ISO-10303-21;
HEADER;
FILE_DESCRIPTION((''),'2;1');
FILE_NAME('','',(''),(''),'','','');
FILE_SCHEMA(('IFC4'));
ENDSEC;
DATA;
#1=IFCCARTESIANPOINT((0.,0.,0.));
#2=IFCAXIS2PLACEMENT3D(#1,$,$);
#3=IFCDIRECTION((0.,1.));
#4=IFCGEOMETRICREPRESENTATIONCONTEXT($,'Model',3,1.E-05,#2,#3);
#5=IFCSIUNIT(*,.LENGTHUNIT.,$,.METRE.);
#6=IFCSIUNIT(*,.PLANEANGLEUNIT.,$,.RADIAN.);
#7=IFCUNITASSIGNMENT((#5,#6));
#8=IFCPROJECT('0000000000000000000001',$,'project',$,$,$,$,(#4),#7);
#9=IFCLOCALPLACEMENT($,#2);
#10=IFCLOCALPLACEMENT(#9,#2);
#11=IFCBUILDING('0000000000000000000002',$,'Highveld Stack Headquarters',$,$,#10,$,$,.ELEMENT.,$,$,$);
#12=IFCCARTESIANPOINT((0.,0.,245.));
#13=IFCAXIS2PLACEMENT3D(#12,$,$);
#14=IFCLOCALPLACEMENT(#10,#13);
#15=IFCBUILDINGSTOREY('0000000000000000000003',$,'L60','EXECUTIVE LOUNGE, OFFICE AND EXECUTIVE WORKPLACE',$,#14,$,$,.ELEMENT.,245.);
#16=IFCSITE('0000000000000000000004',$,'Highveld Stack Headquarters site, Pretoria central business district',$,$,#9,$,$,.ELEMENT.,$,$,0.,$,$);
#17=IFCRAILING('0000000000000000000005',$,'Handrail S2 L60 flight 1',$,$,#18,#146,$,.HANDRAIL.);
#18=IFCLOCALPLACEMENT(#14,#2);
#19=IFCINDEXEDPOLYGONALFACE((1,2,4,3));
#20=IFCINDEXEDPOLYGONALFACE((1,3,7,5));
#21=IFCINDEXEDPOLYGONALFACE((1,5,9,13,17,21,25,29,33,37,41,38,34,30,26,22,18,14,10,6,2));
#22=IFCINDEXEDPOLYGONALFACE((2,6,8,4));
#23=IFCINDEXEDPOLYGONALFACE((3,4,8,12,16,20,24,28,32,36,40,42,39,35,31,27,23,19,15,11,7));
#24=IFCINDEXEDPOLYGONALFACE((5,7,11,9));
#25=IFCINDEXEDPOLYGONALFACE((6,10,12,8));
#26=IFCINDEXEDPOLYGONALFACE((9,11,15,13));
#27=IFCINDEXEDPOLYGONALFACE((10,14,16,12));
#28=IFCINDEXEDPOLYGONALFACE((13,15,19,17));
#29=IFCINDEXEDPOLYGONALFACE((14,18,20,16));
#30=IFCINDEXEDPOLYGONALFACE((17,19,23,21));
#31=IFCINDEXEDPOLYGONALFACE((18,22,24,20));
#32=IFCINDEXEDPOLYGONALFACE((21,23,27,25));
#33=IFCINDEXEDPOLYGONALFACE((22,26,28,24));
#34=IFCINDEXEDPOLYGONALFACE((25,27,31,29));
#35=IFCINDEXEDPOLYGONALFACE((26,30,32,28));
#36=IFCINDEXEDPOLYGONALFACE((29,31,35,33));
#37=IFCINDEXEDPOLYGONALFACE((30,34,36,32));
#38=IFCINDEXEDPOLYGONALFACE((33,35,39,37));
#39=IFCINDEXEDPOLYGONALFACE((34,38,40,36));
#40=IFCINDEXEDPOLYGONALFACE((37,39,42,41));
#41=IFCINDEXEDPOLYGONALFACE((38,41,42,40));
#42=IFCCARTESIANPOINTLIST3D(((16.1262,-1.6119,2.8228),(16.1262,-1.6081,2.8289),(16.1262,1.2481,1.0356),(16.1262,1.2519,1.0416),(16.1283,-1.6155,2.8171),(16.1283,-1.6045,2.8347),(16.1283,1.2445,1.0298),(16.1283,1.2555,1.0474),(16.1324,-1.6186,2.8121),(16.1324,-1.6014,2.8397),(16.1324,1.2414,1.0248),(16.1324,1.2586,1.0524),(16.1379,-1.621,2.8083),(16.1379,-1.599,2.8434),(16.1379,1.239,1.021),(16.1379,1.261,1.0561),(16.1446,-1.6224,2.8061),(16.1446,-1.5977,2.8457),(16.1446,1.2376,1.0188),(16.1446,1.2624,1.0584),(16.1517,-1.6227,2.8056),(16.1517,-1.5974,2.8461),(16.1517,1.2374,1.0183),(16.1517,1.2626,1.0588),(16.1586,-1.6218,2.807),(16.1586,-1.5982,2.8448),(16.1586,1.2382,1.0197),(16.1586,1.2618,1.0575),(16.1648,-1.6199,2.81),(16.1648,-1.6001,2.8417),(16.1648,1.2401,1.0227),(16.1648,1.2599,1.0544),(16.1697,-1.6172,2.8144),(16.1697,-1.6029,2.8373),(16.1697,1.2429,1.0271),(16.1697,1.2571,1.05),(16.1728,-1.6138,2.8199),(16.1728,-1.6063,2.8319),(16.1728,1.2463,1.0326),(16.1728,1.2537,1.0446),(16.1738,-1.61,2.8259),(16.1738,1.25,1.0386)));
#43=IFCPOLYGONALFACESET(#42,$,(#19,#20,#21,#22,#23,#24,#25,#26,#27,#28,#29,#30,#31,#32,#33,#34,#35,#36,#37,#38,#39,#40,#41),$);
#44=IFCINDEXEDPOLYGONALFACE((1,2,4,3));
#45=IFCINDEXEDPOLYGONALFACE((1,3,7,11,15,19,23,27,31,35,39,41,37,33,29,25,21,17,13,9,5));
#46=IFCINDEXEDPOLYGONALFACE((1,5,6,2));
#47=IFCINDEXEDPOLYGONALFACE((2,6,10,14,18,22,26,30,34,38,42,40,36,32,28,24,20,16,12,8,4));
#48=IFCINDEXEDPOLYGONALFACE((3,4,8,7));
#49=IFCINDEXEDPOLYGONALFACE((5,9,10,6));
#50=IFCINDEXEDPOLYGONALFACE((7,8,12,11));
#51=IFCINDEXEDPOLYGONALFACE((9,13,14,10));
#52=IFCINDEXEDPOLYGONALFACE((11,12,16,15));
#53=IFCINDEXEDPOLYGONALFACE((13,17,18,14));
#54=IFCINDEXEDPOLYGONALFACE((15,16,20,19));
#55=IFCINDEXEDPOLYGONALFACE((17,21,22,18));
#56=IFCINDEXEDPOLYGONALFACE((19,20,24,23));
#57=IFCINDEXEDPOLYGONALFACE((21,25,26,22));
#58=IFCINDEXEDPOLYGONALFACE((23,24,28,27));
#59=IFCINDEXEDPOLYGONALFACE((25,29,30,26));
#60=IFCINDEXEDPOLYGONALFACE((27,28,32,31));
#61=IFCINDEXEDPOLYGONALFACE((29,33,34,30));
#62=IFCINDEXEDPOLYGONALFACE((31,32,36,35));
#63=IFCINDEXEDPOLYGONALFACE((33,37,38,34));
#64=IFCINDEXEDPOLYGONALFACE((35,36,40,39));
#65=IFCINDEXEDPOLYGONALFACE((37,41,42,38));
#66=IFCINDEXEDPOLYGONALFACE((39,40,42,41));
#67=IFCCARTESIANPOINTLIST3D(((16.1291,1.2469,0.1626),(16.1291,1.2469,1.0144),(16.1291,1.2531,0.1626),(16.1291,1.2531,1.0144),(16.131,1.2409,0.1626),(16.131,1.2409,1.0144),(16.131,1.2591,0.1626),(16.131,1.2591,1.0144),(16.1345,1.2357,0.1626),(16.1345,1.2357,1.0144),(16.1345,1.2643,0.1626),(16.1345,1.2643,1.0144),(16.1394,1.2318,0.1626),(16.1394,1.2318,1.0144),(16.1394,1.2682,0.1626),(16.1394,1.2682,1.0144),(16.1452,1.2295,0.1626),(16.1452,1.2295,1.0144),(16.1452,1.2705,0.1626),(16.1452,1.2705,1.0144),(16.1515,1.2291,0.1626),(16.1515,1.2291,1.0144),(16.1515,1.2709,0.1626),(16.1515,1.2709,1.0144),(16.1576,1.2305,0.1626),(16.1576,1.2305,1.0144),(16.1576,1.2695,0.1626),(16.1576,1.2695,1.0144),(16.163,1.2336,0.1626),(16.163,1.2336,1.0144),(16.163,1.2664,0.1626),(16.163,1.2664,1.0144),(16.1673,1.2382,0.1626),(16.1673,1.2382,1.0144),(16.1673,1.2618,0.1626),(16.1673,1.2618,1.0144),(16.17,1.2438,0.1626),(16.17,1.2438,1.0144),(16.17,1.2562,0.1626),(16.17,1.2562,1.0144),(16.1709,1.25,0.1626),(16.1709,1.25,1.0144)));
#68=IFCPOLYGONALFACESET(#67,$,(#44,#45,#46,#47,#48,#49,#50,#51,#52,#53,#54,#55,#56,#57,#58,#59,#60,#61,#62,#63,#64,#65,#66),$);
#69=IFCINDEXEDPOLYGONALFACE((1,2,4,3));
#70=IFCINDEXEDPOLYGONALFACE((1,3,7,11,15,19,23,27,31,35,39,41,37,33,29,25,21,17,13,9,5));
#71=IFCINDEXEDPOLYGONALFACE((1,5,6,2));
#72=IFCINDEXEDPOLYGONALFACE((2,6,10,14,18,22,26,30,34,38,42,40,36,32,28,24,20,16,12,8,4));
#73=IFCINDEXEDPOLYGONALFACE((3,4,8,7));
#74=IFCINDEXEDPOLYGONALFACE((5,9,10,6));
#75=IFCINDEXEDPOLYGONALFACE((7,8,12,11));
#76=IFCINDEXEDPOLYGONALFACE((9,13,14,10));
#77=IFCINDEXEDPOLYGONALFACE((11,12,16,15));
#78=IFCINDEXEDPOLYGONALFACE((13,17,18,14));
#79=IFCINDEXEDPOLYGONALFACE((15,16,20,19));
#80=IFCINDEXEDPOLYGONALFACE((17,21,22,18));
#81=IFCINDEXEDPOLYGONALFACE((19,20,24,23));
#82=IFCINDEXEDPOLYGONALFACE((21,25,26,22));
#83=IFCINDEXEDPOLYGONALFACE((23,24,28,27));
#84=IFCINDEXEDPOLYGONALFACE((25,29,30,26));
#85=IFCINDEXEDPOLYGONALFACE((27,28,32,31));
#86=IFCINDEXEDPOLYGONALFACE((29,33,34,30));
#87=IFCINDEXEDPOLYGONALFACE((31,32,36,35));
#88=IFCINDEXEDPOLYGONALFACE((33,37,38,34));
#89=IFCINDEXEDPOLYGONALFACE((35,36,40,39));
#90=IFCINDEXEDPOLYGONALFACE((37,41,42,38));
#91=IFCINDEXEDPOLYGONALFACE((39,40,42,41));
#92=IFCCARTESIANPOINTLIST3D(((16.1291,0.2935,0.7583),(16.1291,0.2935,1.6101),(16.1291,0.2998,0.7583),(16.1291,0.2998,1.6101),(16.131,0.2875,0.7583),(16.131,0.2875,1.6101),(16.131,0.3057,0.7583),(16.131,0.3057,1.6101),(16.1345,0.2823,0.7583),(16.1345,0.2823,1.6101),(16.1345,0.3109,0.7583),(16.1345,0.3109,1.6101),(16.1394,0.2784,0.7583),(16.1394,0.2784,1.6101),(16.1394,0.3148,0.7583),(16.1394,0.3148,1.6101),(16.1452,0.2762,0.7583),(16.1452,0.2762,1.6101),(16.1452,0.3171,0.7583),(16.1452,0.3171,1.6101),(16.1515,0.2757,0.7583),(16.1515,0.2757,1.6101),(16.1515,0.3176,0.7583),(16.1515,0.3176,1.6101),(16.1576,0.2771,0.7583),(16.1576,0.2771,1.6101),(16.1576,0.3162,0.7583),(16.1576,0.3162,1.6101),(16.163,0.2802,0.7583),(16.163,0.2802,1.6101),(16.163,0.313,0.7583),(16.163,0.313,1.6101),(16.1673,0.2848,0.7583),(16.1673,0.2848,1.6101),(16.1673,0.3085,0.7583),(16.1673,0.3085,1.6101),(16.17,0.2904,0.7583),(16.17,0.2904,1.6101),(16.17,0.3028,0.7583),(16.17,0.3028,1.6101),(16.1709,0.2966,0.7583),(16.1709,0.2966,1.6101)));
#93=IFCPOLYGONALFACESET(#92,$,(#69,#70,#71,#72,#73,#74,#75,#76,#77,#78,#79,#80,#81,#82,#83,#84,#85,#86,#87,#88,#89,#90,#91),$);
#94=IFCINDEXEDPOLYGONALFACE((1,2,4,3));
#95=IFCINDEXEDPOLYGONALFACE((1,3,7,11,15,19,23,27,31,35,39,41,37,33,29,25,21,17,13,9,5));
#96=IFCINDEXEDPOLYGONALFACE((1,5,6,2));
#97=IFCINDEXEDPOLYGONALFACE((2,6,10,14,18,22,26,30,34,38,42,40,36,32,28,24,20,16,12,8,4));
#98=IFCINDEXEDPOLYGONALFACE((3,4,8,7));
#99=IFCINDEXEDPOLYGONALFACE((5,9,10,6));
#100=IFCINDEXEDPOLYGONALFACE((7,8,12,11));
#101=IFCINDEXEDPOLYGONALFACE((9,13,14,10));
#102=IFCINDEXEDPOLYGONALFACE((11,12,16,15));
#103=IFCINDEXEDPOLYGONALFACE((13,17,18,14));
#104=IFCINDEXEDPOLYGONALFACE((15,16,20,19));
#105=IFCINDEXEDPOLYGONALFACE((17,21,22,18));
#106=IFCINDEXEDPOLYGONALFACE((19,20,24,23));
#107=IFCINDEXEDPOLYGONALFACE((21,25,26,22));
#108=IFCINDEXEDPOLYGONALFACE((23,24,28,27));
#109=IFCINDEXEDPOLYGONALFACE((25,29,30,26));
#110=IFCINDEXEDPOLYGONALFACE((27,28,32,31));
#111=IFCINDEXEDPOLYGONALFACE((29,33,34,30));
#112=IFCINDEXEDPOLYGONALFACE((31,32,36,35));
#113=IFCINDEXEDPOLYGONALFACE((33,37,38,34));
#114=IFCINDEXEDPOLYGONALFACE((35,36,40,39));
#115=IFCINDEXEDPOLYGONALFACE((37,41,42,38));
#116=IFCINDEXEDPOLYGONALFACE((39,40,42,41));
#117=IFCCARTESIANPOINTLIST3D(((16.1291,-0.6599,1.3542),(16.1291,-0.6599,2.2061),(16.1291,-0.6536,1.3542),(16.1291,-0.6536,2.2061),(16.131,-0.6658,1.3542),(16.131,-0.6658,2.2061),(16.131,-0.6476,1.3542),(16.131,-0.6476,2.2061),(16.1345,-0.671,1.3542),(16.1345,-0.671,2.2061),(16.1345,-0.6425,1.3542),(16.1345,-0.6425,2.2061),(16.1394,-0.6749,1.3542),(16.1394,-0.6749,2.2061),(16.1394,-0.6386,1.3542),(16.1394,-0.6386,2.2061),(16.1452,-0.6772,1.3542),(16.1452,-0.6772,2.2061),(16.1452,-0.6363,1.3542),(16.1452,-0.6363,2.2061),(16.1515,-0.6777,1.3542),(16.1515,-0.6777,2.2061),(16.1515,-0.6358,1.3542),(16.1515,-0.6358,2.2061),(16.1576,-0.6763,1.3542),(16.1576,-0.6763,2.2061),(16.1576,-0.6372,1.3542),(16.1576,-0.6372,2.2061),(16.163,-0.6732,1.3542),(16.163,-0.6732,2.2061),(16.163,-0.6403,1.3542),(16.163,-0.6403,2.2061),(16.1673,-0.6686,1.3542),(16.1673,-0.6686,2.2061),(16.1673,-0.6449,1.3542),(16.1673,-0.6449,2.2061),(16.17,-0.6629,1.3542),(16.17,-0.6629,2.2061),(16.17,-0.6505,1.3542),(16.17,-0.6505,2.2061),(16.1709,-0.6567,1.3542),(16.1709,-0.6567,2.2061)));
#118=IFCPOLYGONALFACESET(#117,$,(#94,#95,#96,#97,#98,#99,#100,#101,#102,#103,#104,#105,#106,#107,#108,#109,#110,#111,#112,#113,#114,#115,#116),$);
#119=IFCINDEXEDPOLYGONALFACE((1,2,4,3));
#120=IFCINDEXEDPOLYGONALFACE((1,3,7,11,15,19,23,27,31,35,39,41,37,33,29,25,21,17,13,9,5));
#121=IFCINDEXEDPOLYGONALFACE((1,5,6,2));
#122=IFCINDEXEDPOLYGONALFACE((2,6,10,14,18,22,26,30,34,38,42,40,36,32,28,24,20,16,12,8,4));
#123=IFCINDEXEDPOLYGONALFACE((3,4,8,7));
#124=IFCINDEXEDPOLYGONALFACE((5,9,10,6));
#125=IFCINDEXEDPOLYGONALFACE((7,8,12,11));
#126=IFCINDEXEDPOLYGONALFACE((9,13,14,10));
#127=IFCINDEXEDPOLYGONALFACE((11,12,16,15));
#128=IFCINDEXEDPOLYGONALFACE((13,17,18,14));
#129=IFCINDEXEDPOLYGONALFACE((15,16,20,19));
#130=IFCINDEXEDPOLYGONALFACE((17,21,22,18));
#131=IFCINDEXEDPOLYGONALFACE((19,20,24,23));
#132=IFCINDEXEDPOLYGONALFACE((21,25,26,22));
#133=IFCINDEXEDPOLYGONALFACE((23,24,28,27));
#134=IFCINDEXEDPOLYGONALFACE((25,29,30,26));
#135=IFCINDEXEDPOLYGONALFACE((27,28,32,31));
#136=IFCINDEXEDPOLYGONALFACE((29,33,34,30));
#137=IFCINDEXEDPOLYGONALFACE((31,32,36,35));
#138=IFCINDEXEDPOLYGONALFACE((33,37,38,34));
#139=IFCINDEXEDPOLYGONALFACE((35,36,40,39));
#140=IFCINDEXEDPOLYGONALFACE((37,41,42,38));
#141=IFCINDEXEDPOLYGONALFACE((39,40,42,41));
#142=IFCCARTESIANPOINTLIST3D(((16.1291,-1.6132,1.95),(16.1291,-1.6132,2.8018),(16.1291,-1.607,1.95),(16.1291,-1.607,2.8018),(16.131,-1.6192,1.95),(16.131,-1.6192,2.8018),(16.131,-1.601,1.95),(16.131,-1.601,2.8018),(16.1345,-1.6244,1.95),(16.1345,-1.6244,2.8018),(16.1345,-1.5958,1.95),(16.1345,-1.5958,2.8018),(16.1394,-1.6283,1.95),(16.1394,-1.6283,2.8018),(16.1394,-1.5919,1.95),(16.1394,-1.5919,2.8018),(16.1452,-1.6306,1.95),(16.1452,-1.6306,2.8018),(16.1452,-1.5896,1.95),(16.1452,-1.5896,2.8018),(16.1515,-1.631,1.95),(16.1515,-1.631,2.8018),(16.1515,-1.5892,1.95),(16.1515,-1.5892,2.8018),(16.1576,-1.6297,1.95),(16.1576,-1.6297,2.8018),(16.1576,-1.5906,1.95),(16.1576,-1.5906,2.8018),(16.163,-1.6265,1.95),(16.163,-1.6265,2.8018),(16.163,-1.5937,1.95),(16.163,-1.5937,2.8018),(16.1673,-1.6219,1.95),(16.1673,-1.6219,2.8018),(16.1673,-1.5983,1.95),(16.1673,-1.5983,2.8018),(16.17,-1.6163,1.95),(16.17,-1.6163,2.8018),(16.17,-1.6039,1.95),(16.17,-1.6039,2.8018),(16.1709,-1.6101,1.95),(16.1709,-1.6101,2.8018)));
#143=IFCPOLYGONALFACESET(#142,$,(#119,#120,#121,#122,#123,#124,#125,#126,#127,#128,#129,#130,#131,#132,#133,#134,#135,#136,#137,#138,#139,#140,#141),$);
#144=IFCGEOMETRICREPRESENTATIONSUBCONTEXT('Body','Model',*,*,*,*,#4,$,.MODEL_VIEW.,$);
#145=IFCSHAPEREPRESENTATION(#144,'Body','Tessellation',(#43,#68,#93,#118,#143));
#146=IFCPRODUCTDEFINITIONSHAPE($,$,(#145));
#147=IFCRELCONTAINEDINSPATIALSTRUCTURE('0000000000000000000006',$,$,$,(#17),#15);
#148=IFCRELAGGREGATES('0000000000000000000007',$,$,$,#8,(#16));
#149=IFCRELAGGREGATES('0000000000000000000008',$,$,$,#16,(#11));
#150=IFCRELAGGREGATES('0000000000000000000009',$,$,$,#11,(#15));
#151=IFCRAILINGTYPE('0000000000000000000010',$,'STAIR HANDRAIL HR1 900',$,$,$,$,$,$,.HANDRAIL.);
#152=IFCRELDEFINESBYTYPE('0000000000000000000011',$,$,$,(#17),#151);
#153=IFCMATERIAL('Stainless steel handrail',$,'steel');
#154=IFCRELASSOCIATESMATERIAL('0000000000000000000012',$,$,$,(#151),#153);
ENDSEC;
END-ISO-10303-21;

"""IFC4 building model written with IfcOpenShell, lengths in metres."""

from ifc_helpers import new_model, si_unit, direction, frame, origin, origin_2d, place, context, subcontext, project, spatial, circle, extrude, material, type_object, element, save


model = new_model("IFC4")

# Units and contexts
model_context = context("Model", 3, precision=1e-05, world=origin(), true_north=direction((0.0, 1.0)))
body_context = subcontext(model_context, "Body", "Model", "MODEL_VIEW")
ifc_project = project(units=[si_unit("LENGTHUNIT", "METRE"), si_unit("PLANEANGLEUNIT", "RADIAN")], contexts=[model_context])

# Site, building, storey
site_placement = place(None, origin())
site = spatial("IfcSite", under=ifc_project, at=site_placement, Name="Highveld Stack Headquarters site, Pretoria central business district", CompositionType="ELEMENT", RefElevation=0.0)
building_placement = place(site_placement, origin())
building = spatial("IfcBuilding", under=site, at=building_placement, Name="Highveld Stack Headquarters", CompositionType="ELEMENT")
storey_placement = place(building_placement, frame((0.0, 0.0, 245.0)))
storey = spatial("IfcBuildingStorey", under=building, at=storey_placement, Name="L60", Description="EXECUTIVE LOUNGE, OFFICE AND EXECUTIVE WORKPLACE", CompositionType="ELEMENT", Elevation=245.0)

# Railing
ifc_material_1 = material(Name="Stainless steel handrail", Category="steel")
railing_type = type_object("IfcRailingType", Name="STAIR HANDRAIL HR1 900", PredefinedType="HANDRAIL", material=ifc_material_1)
for number, where, name in (
    (1, (16.1499, 1.25, 0.1626), "Handrail S2 L60 flight 1"),
):
    element("IfcRailing", number, at=place(storey_placement, frame(where)), inside=storey, type_object=railing_type, Name=name, PredefinedType="HANDRAIL", context=body_context, shape_type="SweptSolid", body=[
        extrude(circle(Radius=0.0239, at=origin_2d()), frame((0.0, 0.0, 0.876), z_axis=(0.0, -0.848027, 0.529953), x_axis=(1.0, 0.0, 0.0)), (0.0, 0.0, 1.0), 3.3726),
        extrude(circle(Radius=0.021, at=origin_2d()), origin(), (0.0, 0.0, 1.0), 0.8518),
        extrude(circle(Radius=0.021, at=origin_2d()), frame((0.0, -0.9534, 0.5957)), (0.0, 0.0, 1.0), 0.8518),
        extrude(circle(Radius=0.021, at=origin_2d()), frame((0.0, -1.9067, 1.1917)), (0.0, 0.0, 1.0), 0.8518),
        extrude(circle(Radius=0.021, at=origin_2d()), frame((0.0, -2.8601, 1.7874)), (0.0, 0.0, 1.0), 0.8518),
    ])

save(model, "model.ifc")
